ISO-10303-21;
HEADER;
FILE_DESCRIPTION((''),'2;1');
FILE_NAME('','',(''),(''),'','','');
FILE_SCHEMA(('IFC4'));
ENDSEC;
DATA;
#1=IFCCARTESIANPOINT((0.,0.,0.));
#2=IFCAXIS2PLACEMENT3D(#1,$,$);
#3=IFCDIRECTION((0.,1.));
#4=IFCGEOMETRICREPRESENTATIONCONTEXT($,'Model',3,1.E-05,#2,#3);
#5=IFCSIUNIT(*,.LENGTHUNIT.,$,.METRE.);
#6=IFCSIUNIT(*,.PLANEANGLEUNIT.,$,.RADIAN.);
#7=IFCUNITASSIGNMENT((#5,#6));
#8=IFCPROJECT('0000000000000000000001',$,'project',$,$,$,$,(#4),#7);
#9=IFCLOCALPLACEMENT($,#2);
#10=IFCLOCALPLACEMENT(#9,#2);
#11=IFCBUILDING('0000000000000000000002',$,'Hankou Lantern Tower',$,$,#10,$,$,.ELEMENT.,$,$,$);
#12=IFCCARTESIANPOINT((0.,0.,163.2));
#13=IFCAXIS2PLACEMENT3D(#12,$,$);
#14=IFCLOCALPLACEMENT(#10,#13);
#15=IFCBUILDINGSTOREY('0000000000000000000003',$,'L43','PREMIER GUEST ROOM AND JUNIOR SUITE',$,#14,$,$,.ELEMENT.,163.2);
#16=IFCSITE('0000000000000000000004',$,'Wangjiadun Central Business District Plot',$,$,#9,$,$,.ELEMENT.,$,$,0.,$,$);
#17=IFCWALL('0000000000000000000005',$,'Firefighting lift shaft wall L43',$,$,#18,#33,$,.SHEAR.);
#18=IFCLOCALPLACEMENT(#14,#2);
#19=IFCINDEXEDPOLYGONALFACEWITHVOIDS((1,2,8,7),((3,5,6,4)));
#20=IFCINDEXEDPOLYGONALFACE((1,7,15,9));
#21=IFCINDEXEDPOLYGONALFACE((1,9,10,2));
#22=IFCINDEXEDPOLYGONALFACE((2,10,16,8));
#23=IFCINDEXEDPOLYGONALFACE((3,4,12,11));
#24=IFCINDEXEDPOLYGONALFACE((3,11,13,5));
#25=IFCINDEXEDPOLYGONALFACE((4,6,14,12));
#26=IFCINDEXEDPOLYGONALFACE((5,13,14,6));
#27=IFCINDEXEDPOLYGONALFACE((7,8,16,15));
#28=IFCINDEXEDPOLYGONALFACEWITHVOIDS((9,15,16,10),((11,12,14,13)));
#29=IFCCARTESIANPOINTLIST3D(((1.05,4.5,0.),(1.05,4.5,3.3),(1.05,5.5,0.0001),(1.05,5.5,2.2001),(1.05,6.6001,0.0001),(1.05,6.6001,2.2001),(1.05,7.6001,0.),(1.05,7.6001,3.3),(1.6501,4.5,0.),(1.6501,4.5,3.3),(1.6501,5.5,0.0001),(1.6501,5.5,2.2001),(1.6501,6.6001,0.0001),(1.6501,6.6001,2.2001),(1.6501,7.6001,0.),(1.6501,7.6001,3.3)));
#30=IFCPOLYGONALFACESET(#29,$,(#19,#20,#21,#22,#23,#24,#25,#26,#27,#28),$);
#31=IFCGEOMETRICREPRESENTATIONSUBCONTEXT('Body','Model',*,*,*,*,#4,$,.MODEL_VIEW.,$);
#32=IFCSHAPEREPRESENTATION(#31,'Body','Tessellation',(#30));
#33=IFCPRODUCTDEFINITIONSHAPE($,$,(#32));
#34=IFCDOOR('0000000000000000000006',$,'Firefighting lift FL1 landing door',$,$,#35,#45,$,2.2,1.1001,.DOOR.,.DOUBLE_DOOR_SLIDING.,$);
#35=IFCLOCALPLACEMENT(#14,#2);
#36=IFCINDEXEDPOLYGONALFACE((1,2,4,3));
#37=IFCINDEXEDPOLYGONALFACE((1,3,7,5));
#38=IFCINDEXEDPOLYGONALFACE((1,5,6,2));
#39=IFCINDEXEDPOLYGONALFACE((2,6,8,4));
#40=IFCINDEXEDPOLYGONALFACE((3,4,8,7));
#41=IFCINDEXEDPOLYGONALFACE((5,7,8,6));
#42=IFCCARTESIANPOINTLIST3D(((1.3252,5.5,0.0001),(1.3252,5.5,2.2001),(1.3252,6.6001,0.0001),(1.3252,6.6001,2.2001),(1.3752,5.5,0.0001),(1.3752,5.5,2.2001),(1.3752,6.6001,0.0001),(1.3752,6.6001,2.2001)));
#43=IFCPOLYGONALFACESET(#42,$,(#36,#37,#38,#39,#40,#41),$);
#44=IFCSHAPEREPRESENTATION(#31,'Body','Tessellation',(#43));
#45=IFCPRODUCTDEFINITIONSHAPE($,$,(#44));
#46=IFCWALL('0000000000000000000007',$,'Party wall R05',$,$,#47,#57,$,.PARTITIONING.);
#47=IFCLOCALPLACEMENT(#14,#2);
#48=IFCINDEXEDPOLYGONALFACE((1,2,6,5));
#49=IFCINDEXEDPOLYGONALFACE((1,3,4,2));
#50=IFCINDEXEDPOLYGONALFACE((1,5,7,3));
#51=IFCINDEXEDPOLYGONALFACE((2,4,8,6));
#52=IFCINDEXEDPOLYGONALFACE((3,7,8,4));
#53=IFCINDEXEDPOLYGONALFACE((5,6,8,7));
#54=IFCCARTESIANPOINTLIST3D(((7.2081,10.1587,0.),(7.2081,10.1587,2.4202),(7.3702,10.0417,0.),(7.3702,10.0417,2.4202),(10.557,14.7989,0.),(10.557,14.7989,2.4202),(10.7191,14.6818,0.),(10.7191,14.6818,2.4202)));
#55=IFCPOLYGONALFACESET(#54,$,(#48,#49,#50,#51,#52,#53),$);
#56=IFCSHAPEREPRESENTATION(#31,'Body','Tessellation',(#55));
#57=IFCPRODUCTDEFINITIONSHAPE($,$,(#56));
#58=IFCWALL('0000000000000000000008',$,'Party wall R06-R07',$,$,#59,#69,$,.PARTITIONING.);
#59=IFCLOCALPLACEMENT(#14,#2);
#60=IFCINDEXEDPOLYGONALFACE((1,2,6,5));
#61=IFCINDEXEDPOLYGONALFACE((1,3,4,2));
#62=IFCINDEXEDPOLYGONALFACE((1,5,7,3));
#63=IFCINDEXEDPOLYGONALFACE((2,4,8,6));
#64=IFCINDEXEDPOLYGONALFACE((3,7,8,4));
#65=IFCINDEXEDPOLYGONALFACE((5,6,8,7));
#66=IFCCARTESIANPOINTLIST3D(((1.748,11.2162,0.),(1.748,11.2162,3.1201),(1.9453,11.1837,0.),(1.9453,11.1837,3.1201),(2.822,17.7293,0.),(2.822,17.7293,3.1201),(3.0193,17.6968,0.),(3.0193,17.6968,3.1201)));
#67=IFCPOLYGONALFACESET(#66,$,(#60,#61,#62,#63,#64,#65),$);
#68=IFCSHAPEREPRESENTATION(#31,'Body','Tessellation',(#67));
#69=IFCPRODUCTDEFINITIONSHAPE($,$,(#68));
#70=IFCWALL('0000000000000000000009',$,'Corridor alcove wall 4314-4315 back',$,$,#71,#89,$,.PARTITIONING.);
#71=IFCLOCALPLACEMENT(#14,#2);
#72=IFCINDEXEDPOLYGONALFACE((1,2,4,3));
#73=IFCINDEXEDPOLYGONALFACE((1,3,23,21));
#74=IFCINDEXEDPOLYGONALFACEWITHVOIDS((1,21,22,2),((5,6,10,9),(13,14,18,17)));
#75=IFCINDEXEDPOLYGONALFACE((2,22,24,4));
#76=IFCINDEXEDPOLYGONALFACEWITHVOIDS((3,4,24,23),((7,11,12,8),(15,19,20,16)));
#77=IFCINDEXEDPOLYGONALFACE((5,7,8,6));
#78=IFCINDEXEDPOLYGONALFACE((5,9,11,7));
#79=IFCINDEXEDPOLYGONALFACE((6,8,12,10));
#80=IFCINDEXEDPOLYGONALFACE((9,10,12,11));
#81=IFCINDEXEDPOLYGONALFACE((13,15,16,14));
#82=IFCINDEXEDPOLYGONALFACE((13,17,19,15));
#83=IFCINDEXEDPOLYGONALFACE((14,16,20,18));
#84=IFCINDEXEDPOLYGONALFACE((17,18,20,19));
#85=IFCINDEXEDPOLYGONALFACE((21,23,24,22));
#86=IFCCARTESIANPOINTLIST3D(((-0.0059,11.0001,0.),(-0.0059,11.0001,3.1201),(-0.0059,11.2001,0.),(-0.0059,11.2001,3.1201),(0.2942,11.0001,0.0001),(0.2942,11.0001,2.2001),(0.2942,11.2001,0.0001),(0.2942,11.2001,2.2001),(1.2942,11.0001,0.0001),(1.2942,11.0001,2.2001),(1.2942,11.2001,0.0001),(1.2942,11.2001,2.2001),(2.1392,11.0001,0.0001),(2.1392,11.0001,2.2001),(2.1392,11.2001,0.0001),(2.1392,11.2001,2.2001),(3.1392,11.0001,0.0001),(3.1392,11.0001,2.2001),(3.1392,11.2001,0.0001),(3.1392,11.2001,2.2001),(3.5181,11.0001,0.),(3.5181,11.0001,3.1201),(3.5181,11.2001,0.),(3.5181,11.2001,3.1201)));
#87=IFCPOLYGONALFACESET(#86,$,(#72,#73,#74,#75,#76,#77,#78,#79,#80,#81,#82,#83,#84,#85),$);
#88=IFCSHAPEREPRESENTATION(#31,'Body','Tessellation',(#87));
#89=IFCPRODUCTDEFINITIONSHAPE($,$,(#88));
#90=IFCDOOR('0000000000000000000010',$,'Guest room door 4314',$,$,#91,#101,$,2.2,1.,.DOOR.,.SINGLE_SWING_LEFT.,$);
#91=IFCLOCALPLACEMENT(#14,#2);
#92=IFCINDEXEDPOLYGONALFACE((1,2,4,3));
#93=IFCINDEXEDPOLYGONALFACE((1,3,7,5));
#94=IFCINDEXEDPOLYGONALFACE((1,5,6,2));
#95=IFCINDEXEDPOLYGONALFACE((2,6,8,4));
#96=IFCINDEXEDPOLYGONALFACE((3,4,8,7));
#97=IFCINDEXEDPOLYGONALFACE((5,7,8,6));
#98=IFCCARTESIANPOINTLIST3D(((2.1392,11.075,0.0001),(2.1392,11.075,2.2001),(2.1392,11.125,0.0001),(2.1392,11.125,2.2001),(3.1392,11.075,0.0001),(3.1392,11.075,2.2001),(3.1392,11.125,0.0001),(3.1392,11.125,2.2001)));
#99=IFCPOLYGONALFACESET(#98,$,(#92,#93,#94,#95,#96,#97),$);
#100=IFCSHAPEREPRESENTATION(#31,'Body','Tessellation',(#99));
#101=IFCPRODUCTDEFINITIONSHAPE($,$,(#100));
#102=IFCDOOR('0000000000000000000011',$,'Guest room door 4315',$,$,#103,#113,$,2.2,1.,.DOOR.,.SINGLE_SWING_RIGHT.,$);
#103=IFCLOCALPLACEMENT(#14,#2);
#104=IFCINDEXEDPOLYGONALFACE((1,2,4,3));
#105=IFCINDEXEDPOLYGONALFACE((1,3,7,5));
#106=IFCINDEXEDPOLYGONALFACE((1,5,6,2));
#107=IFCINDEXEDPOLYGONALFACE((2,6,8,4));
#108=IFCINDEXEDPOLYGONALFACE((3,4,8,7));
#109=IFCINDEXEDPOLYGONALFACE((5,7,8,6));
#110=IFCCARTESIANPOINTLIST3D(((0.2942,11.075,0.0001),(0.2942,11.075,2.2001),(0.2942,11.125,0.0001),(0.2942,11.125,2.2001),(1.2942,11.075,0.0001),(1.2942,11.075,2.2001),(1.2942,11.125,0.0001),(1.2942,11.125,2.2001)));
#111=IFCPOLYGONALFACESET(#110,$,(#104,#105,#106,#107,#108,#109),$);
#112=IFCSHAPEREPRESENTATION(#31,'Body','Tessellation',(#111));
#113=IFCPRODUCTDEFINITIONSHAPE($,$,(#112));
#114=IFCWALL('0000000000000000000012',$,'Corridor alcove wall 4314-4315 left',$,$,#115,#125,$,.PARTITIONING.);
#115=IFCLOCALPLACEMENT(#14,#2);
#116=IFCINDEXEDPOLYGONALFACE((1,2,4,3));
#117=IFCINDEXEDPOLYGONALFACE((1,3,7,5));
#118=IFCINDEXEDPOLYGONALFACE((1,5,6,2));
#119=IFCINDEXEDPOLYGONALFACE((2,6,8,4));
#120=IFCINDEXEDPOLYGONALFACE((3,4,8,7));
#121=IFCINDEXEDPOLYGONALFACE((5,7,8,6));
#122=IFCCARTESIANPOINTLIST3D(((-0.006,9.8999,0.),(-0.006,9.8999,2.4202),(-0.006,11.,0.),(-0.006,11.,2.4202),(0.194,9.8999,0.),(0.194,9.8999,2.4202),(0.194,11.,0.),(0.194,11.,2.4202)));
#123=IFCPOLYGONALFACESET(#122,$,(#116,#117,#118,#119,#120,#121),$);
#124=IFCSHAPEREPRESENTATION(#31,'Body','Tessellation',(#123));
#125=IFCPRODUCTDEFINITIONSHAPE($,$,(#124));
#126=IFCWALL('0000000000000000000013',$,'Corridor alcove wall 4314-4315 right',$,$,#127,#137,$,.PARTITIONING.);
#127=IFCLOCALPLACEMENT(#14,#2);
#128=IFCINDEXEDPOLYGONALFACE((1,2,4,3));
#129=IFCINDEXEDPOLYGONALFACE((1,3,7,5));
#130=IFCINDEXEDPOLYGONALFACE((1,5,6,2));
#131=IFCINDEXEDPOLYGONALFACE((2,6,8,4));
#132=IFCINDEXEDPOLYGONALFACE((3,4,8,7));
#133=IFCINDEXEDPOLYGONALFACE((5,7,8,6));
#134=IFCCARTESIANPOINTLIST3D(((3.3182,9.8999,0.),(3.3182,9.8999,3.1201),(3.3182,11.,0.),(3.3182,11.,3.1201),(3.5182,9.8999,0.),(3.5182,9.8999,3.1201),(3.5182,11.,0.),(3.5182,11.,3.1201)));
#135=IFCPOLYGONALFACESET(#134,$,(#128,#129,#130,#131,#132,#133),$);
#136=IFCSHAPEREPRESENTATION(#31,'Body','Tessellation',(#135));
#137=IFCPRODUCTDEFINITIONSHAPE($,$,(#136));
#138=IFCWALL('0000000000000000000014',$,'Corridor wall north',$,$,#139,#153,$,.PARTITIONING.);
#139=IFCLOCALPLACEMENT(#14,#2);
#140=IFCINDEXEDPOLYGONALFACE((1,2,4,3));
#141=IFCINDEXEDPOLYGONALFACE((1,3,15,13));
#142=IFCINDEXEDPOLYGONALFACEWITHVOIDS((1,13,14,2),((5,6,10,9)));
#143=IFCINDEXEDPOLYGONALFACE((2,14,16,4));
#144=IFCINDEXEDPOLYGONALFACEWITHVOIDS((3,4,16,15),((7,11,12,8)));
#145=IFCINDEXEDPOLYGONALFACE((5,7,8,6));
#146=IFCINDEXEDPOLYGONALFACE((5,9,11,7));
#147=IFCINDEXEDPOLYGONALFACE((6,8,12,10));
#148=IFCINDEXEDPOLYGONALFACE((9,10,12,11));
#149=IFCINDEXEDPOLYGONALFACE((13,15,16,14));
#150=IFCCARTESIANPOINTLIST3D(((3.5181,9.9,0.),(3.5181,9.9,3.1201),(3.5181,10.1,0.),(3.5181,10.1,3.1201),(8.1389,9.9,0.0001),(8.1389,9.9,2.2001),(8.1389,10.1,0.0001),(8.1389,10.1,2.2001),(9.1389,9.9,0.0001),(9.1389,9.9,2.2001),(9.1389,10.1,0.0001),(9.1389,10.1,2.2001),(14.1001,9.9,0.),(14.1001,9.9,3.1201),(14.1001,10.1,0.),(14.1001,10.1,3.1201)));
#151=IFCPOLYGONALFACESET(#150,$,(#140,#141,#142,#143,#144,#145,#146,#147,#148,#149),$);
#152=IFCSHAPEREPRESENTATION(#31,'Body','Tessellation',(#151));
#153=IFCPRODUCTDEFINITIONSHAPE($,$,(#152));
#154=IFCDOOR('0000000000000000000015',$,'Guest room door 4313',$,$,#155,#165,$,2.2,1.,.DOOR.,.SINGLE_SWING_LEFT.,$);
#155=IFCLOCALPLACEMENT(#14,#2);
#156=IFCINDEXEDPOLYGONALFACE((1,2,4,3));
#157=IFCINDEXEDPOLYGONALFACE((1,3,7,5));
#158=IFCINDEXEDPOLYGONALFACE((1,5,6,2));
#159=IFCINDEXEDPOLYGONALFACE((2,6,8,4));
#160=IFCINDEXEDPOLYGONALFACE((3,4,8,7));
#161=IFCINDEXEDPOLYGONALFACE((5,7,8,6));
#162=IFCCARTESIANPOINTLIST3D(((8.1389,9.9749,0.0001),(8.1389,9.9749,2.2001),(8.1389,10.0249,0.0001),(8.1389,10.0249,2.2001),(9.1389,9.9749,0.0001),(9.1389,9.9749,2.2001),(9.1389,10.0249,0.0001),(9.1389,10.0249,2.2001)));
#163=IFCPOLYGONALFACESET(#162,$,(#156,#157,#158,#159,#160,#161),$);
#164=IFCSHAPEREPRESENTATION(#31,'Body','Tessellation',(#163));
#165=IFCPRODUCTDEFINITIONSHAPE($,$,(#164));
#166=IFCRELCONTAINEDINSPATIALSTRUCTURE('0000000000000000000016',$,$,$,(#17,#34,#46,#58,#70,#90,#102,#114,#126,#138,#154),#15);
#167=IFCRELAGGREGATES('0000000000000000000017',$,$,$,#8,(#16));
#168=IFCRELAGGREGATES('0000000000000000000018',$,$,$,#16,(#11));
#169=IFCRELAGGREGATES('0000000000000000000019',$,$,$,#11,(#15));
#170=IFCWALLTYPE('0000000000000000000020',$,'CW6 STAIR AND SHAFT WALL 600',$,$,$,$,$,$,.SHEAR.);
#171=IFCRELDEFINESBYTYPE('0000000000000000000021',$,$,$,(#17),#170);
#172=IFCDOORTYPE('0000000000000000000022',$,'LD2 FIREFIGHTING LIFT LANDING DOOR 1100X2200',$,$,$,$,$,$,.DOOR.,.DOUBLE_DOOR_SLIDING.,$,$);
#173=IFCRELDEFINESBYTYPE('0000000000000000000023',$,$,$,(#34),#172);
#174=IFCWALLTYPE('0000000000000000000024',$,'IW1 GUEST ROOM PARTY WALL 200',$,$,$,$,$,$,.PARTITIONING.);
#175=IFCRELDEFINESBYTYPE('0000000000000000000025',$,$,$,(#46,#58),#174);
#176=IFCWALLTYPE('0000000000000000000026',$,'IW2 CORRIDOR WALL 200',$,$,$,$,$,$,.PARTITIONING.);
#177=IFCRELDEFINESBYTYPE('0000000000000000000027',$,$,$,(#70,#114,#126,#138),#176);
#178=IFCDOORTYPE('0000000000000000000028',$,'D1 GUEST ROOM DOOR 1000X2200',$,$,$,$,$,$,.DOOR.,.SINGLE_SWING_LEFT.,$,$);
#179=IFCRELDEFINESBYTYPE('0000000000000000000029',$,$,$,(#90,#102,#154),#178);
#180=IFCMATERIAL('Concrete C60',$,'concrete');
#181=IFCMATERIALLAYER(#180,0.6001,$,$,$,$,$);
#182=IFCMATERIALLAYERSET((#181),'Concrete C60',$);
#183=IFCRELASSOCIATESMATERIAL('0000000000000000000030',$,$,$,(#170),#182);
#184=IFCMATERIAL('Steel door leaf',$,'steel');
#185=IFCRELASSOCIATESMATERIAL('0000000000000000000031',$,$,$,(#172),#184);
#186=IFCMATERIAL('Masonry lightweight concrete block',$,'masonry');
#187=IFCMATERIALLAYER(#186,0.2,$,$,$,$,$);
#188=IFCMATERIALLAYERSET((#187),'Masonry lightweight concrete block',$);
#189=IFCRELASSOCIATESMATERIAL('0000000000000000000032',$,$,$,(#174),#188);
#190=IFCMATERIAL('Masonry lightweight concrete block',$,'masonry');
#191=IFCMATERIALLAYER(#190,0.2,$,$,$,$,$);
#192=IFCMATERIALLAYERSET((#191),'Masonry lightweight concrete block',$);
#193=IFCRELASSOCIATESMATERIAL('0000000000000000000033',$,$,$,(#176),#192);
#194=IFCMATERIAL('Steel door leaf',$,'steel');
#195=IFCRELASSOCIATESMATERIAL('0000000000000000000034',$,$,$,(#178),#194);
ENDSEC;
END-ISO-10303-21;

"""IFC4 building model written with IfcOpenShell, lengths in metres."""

from ifc_helpers import new_model, si_unit, direction, frame, frame_2d, origin, place, context, subcontext, project, spatial, rectangle, extrude, material, layer, layer_set, type_object, element, fill, save


model = new_model("IFC4")

# Units and contexts
model_context = context("Model", 3, precision=1e-05, world=origin(), true_north=direction((0.0, 1.0)))
body_context = subcontext(model_context, "Body", "Model", "MODEL_VIEW")
ifc_project = project(units=[si_unit("LENGTHUNIT", "METRE"), si_unit("PLANEANGLEUNIT", "RADIAN")], contexts=[model_context])

# Site, building, storey
site_placement = place(None, origin())
site = spatial("IfcSite", under=ifc_project, at=site_placement, Name="Wangjiadun Central Business District Plot", CompositionType="ELEMENT", RefElevation=0.0)
building_placement = place(site_placement, origin())
building = spatial("IfcBuilding", under=site, at=building_placement, Name="Hankou Lantern Tower", CompositionType="ELEMENT")
storey_placement = place(building_placement, frame((0.0, 0.0, 163.2)))
storey = spatial("IfcBuildingStorey", under=building, at=storey_placement, Name="L43", Description="PREMIER GUEST ROOM AND JUNIOR SUITE", CompositionType="ELEMENT", Elevation=163.2)

# Wall, opening, door
ifc_material_1 = material(Name="Concrete C60", Category="concrete")
ifc_layer_1 = layer(ifc_material_1, 0.6001)
ifc_layer_set_1 = layer_set([ifc_layer_1], Name="Concrete C60")
wall_type_1 = type_object("IfcWallType", Name="CW6 STAIR AND SHAFT WALL 600", PredefinedType="SHEAR", material=ifc_layer_set_1)
wall_1_placement = place(storey_placement, frame((1.3501, 4.5, 0.0), z_axis=(0.0, 0.0, 1.0), x_axis=(0.0, 1.0, 0.0)))
wall_1 = element("IfcWall", 1, at=wall_1_placement, inside=storey, type_object=wall_type_1, Name="Firefighting lift shaft wall L43", PredefinedType="SHEAR", context=body_context, shape_type="SweptSolid", body=[
    extrude(rectangle(XDim=3.1001, YDim=0.6001, at=frame_2d((1.55, 0.0))), origin(), (0.0, 0.0, 1.0), 3.3),
])
opening_1_placement = place(wall_1_placement, frame((1.0, 0.0, 0.0)))
opening_1 = element("IfcOpeningElement", 2, at=opening_1_placement, cuts=wall_1, PredefinedType="OPENING", context=body_context, shape_type="SweptSolid", body=[
    extrude(rectangle(XDim=1.1001, YDim=2.2, at=frame_2d((0.55, 1.1001))), frame((0.0, 0.3101, 0.0), z_axis=(0.0, -1.0, 0.0), x_axis=(1.0, 0.0, 0.0)), (0.0, 0.0, 1.0), 0.6201),
])
ifc_material_2 = material(Name="Steel door leaf", Category="steel")
door_type_1 = type_object("IfcDoorType", Name="LD2 FIREFIGHTING LIFT LANDING DOOR 1100X2200", OperationType="DOUBLE_DOOR_SLIDING", PredefinedType="DOOR", material=ifc_material_2)
door_1_placement = place(opening_1_placement, origin())
door_1 = element("IfcDoor", 3, at=door_1_placement, inside=storey, type_object=door_type_1, Name="Firefighting lift FL1 landing door", OperationType="DOUBLE_DOOR_SLIDING", OverallHeight=2.2, OverallWidth=1.1001, PredefinedType="DOOR", context=body_context, shape_type="SweptSolid", body=[
    extrude(rectangle(XDim=1.1001, YDim=2.2, at=frame_2d((0.55, 1.1001))), frame((0.0, 0.0249, 0.0), z_axis=(0.0, -1.0, 0.0), x_axis=(1.0, 0.0, 0.0)), (0.0, 0.0, 1.0), 0.05),
])
fill(opening_1, door_1)

# Walls
ifc_material_3 = material(Name="Masonry lightweight concrete block", Category="masonry")
ifc_layer_2 = layer(ifc_material_3, 0.2)
ifc_layer_set_2 = layer_set([ifc_layer_2], Name="Masonry lightweight concrete block")
wall_type_2 = type_object("IfcWallType", Name="IW1 GUEST ROOM PARTY WALL 200", PredefinedType="PARTITIONING", material=ifc_layer_set_2)
wall_2_placement = place(storey_placement, frame((7.2891, 10.1001, 0.0), z_axis=(0.0, 0.0, 1.0), x_axis=(0.585223, 0.810873, 0.0)))
element("IfcWall", 4, at=wall_2_placement, inside=storey, type_object=wall_type_2, Name="Party wall R05", PredefinedType="PARTITIONING", context=body_context, shape_type="SweptSolid", body=[
    extrude(rectangle(XDim=5.7224, YDim=0.2, at=frame_2d((2.8613, 0.0))), origin(), (0.0, 0.0, 1.0), 2.4202),
])
wall_3_placement = place(storey_placement, frame((1.8467, 11.2, 0.0), z_axis=(0.0, 0.0, 1.0), x_axis=(0.162695, 0.986676, 0.0)))
element("IfcWall", 5, at=wall_3_placement, inside=storey, type_object=wall_type_2, Name="Party wall R06-R07", PredefinedType="PARTITIONING", context=body_context, shape_type="SweptSolid", body=[
    extrude(rectangle(XDim=6.6011, YDim=0.2, at=frame_2d((3.3005, 0.0))), origin(), (0.0, 0.0, 1.0), 3.1201),
])

# Wall, openings, doors
ifc_material_4 = material(Name="Masonry lightweight concrete block", Category="masonry")
ifc_layer_3 = layer(ifc_material_4, 0.2)
ifc_layer_set_3 = layer_set([ifc_layer_3], Name="Masonry lightweight concrete block")
wall_type_3 = type_object("IfcWallType", Name="IW2 CORRIDOR WALL 200", PredefinedType="PARTITIONING", material=ifc_layer_set_3)
wall_4_placement = place(storey_placement, frame((-0.0059, 11.1001, 0.0), z_axis=(0.0, 0.0, 1.0), x_axis=(1.0, 0.0, 0.0)))
wall_4 = element("IfcWall", 6, at=wall_4_placement, inside=storey, type_object=wall_type_3, Name="Corridor alcove wall 4314-4315 back", PredefinedType="PARTITIONING", context=body_context, shape_type="SweptSolid", body=[
    extrude(rectangle(XDim=3.5239, YDim=0.2, at=frame_2d((1.762, 0.0))), origin(), (0.0, 0.0, 1.0), 3.1201),
])
opening_2_placement = place(wall_4_placement, frame((2.145, 0.0, 0.0)))
opening_2 = element("IfcOpeningElement", 7, at=opening_2_placement, cuts=wall_4, PredefinedType="OPENING", context=body_context, shape_type="SweptSolid", body=[
    extrude(rectangle(XDim=1.0, YDim=2.2, at=frame_2d((0.5, 1.1001))), frame((0.0, 0.1099, 0.0), z_axis=(0.0, -1.0, 0.0), x_axis=(1.0, 0.0, 0.0)), (0.0, 0.0, 1.0), 0.22),
])
opening_3_placement = place(wall_4_placement, frame((0.3, 0.0, 0.0)))
opening_3 = element("IfcOpeningElement", 8, at=opening_3_placement, cuts=wall_4, PredefinedType="OPENING", context=body_context, shape_type="SweptSolid", body=[
    extrude(rectangle(XDim=1.0, YDim=2.2, at=frame_2d((0.5, 1.1001))), frame((0.0, 0.1099, 0.0), z_axis=(0.0, -1.0, 0.0), x_axis=(1.0, 0.0, 0.0)), (0.0, 0.0, 1.0), 0.22),
])
ifc_material_5 = material(Name="Steel door leaf", Category="steel")
door_type_2 = type_object("IfcDoorType", Name="D1 GUEST ROOM DOOR 1000X2200", OperationType="SINGLE_SWING_LEFT", PredefinedType="DOOR", material=ifc_material_5)
door_2_placement = place(opening_2_placement, origin())
door_2 = element("IfcDoor", 9, at=door_2_placement, inside=storey, type_object=door_type_2, Name="Guest room door 4314", OperationType="SINGLE_SWING_LEFT", OverallHeight=2.2, OverallWidth=1.0, PredefinedType="DOOR", context=body_context, shape_type="SweptSolid", body=[
    extrude(rectangle(XDim=1.0, YDim=2.2, at=frame_2d((0.5, 1.1001))), frame((0.0, 0.0249, 0.0), z_axis=(0.0, -1.0, 0.0), x_axis=(1.0, 0.0, 0.0)), (0.0, 0.0, 1.0), 0.05),
])
fill(opening_2, door_2)
door_3_placement = place(opening_3_placement, origin())
door_3 = element("IfcDoor", 10, at=door_3_placement, inside=storey, type_object=door_type_2, Name="Guest room door 4315", OperationType="SINGLE_SWING_RIGHT", OverallHeight=2.2, OverallWidth=1.0, PredefinedType="DOOR", context=body_context, shape_type="SweptSolid", body=[
    extrude(rectangle(XDim=1.0, YDim=2.2, at=frame_2d((0.5, 1.1001))), frame((0.0, 0.0249, 0.0), z_axis=(0.0, -1.0, 0.0), x_axis=(1.0, 0.0, 0.0)), (0.0, 0.0, 1.0), 0.05),
])
fill(opening_3, door_3)

# Walls
wall_5_placement = place(storey_placement, frame((0.094, 9.8999, 0.0), z_axis=(0.0, 0.0, 1.0), x_axis=(0.0, 1.0, 0.0)))
element("IfcWall", 11, at=wall_5_placement, inside=storey, type_object=wall_type_3, Name="Corridor alcove wall 4314-4315 left", PredefinedType="PARTITIONING", context=body_context, shape_type="SweptSolid", body=[
    extrude(rectangle(XDim=1.1001, YDim=0.2, at=frame_2d((0.55, 0.0))), origin(), (0.0, 0.0, 1.0), 2.4202),
])
wall_6_placement = place(storey_placement, frame((3.4182, 9.8999, 0.0), z_axis=(0.0, 0.0, 1.0), x_axis=(0.0, 1.0, 0.0)))
element("IfcWall", 12, at=wall_6_placement, inside=storey, type_object=wall_type_3, Name="Corridor alcove wall 4314-4315 right", PredefinedType="PARTITIONING", context=body_context, shape_type="SweptSolid", body=[
    extrude(rectangle(XDim=1.1001, YDim=0.2, at=frame_2d((0.55, 0.0))), origin(), (0.0, 0.0, 1.0), 3.1201),
])

# Wall, opening, door
wall_7_placement = place(storey_placement, frame((3.5181, 10.0, 0.0), z_axis=(0.0, 0.0, 1.0), x_axis=(1.0, 0.0, 0.0)))
wall_7 = element("IfcWall", 13, at=wall_7_placement, inside=storey, type_object=wall_type_3, Name="Corridor wall north", PredefinedType="PARTITIONING", context=body_context, shape_type="SweptSolid", body=[
    extrude(rectangle(XDim=10.582, YDim=0.2, at=frame_2d((5.291, 0.0))), origin(), (0.0, 0.0, 1.0), 3.1201),
])
opening_4_placement = place(wall_7_placement, frame((4.6208, 0.0, 0.0)))
opening_4 = element("IfcOpeningElement", 14, at=opening_4_placement, cuts=wall_7, PredefinedType="OPENING", context=body_context, shape_type="SweptSolid", body=[
    extrude(rectangle(XDim=1.0, YDim=2.2, at=frame_2d((0.5, 1.1001))), frame((0.0, 0.1099, 0.0), z_axis=(0.0, -1.0, 0.0), x_axis=(1.0, 0.0, 0.0)), (0.0, 0.0, 1.0), 0.22),
])
door_4_placement = place(opening_4_placement, origin())
door_4 = element("IfcDoor", 15, at=door_4_placement, inside=storey, type_object=door_type_2, Name="Guest room door 4313", OperationType="SINGLE_SWING_LEFT", OverallHeight=2.2, OverallWidth=1.0, PredefinedType="DOOR", context=body_context, shape_type="SweptSolid", body=[
    extrude(rectangle(XDim=1.0, YDim=2.2, at=frame_2d((0.5, 1.1001))), frame((0.0, 0.0249, 0.0), z_axis=(0.0, -1.0, 0.0), x_axis=(1.0, 0.0, 0.0)), (0.0, 0.0, 1.0), 0.05),
])
fill(opening_4, door_4)

save(model, "model.ifc")
